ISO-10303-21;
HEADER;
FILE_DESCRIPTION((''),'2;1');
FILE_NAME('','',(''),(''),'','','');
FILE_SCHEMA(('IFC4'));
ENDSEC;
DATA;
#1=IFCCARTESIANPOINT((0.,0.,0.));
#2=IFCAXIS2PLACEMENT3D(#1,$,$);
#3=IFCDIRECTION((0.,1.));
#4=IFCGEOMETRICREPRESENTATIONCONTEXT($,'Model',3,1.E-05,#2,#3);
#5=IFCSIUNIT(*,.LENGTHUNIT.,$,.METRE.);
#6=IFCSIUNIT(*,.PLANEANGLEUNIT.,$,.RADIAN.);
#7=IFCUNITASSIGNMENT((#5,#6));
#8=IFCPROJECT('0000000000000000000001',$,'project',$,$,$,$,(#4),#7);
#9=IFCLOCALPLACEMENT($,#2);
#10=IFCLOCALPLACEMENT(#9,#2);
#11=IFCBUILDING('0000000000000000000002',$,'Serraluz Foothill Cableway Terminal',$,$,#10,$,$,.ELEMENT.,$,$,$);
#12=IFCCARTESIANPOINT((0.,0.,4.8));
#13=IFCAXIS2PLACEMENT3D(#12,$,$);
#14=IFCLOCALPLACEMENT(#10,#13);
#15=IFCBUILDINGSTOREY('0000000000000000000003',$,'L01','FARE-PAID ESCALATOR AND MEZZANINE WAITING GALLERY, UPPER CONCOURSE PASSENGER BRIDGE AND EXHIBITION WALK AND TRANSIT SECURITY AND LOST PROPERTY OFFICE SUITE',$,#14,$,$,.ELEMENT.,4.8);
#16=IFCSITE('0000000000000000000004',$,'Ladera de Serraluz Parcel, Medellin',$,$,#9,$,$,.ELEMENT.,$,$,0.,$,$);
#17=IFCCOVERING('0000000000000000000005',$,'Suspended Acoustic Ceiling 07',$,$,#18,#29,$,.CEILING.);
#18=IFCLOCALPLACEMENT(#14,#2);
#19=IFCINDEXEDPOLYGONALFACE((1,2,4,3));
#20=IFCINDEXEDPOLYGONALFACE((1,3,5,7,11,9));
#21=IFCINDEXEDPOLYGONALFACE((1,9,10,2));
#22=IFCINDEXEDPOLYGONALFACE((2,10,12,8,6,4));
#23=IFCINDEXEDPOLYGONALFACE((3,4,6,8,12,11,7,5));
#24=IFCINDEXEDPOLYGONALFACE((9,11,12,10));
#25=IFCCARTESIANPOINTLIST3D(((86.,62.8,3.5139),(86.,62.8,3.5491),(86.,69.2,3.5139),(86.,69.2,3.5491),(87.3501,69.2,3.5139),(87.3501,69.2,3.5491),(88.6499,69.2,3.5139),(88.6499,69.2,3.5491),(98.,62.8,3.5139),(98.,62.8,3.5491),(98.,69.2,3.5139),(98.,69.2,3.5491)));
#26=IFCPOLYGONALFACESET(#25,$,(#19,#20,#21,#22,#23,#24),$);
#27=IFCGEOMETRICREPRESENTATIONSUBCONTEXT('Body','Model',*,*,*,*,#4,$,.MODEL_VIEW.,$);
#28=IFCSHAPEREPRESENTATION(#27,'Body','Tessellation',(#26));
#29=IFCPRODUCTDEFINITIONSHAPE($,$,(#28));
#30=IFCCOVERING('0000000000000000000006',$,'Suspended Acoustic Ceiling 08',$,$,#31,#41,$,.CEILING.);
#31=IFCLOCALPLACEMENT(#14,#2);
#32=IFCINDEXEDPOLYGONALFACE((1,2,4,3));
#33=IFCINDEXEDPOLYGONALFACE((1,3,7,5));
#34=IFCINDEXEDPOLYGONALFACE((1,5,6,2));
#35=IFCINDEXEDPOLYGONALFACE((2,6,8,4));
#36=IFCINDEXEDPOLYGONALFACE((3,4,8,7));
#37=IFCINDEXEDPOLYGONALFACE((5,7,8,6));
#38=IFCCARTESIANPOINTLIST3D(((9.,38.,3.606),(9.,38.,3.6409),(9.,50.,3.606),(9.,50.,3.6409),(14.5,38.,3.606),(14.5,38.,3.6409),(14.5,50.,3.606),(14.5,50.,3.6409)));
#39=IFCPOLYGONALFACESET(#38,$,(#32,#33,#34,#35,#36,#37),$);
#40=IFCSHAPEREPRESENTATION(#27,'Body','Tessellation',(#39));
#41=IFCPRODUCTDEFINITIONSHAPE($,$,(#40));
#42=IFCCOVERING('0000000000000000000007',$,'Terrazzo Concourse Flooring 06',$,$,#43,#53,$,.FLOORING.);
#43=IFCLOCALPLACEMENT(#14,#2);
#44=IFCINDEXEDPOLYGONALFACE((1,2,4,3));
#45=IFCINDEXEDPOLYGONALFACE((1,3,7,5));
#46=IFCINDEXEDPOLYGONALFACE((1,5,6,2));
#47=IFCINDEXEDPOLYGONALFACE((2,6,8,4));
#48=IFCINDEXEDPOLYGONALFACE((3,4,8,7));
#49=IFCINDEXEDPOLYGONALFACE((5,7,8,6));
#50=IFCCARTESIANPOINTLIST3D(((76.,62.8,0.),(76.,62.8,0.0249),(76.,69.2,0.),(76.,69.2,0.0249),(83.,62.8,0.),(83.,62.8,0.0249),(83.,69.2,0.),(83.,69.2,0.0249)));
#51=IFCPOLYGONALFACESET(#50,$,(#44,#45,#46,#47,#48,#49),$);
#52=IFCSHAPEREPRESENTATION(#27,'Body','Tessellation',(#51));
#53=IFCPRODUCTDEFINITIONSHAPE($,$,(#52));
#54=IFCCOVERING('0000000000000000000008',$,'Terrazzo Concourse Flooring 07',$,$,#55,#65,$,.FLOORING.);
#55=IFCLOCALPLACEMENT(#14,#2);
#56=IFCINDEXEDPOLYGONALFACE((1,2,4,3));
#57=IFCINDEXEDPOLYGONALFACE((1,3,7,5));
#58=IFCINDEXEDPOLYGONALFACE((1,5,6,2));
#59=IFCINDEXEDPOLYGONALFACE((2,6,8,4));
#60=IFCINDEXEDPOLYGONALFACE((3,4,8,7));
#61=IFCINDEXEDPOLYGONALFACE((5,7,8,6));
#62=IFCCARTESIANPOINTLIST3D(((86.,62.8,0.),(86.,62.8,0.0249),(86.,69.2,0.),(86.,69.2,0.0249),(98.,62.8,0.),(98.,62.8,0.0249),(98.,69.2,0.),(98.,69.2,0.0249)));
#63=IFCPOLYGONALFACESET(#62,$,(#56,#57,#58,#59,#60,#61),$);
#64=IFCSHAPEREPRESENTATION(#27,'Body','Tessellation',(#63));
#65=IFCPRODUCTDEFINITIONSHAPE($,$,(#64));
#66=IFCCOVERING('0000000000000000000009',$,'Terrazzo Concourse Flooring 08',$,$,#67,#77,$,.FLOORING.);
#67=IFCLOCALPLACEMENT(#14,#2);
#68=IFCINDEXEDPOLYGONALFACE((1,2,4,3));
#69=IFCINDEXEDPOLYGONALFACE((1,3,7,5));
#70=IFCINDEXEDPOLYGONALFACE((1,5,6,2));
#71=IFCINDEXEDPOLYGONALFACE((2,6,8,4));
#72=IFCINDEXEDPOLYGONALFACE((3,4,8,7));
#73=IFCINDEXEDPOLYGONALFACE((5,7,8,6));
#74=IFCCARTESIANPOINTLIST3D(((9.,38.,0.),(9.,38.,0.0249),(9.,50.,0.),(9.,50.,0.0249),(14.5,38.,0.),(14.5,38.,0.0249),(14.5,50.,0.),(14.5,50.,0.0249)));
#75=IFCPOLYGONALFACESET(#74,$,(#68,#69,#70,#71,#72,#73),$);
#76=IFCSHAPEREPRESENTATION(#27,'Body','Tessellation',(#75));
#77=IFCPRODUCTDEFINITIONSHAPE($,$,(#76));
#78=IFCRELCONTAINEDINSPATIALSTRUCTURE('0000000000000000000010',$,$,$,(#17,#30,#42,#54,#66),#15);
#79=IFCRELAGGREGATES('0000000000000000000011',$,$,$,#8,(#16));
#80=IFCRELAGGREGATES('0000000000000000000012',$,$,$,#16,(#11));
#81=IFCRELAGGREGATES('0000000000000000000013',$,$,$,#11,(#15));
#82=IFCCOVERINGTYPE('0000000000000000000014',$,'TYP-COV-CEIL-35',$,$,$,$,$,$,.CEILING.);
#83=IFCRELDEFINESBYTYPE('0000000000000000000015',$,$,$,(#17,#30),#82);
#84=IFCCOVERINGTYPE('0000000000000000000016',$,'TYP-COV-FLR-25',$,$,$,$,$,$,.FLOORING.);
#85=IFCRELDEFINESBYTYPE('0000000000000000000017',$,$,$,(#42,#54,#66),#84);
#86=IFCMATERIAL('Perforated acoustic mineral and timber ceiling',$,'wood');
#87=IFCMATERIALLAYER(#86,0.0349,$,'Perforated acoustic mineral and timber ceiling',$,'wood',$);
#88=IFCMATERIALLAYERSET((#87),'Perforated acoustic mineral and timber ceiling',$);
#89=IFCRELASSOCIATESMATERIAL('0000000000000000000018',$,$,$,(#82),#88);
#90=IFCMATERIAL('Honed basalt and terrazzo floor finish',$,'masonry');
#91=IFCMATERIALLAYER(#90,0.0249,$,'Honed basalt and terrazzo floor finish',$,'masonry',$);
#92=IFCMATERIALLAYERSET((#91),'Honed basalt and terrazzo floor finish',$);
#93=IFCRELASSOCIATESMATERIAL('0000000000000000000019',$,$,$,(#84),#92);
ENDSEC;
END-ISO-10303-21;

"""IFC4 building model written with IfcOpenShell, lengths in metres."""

from ifc_helpers import new_model, si_unit, direction, frame, origin, place, context, subcontext, project, spatial, polyline, outline, extrude, material, layer, layer_set, type_object, element, save


model = new_model("IFC4")

# Units and contexts
model_context = context("Model", 3, precision=1e-05, world=origin(), true_north=direction((0.0, 1.0)))
body_context = subcontext(model_context, "Body", "Model", "MODEL_VIEW")
ifc_project = project(units=[si_unit("LENGTHUNIT", "METRE"), si_unit("PLANEANGLEUNIT", "RADIAN")], contexts=[model_context])

# Site, building, storey
site_placement = place(None, origin())
site = spatial("IfcSite", under=ifc_project, at=site_placement, Name="Ladera de Serraluz Parcel, Medellin", CompositionType="ELEMENT", RefElevation=0.0)
building_placement = place(site_placement, origin())
building = spatial("IfcBuilding", under=site, at=building_placement, Name="Serraluz Foothill Cableway Terminal", CompositionType="ELEMENT")
storey_placement = place(building_placement, frame((0.0, 0.0, 4.8)))
storey = spatial("IfcBuildingStorey", under=building, at=storey_placement, Name="L01", Description="FARE-PAID ESCALATOR AND MEZZANINE WAITING GALLERY, UPPER CONCOURSE PASSENGER BRIDGE AND EXHIBITION WALK AND TRANSIT SECURITY AND LOST PROPERTY OFFICE SUITE", CompositionType="ELEMENT", Elevation=4.8)

# Coverings
ifc_material_1 = material(Name="Perforated acoustic mineral and timber ceiling", Category="wood")
ifc_layer_1 = layer(ifc_material_1, 0.0349, Name="Perforated acoustic mineral and timber ceiling", Category="wood")
ifc_layer_set_1 = layer_set([ifc_layer_1], Name="Perforated acoustic mineral and timber ceiling")
covering_type_1 = type_object("IfcCoveringType", Name="TYP-COV-CEIL-35", PredefinedType="CEILING", material=ifc_layer_set_1)
covering_1_placement = place(storey_placement, frame((0.0, 0.0, 3.5139)))
element("IfcCovering", 1, at=covering_1_placement, inside=storey, type_object=covering_type_1, Name="Suspended Acoustic Ceiling 07", PredefinedType="CEILING", context=body_context, shape_type="SweptSolid", body=[
    extrude(outline(polyline([(88.6499, 69.2), (98.0, 69.2), (98.0, 62.8), (86.0, 62.8), (86.0, 69.2), (87.3501, 69.2), (87.3501, 69.2), (88.6499, 69.2), (88.6499, 69.2)])), origin(), (0.0, 0.0, 1.0), 0.0352),
])
covering_2_placement = place(storey_placement, frame((0.0, 0.0, 3.606)))
element("IfcCovering", 2, at=covering_2_placement, inside=storey, type_object=covering_type_1, Name="Suspended Acoustic Ceiling 08", PredefinedType="CEILING", context=body_context, shape_type="SweptSolid", body=[
    extrude(outline(polyline([(9.0, 50.0), (14.5, 50.0), (14.5, 38.0), (9.0, 38.0), (9.0, 50.0)])), origin(), (0.0, 0.0, 1.0), 0.0349),
])
ifc_material_2 = material(Name="Honed basalt and terrazzo floor finish", Category="masonry")
ifc_layer_2 = layer(ifc_material_2, 0.0249, Name="Honed basalt and terrazzo floor finish", Category="masonry")
ifc_layer_set_2 = layer_set([ifc_layer_2], Name="Honed basalt and terrazzo floor finish")
covering_type_2 = type_object("IfcCoveringType", Name="TYP-COV-FLR-25", PredefinedType="FLOORING", material=ifc_layer_set_2)
covering_3_placement = place(storey_placement, origin())
element("IfcCovering", 3, at=covering_3_placement, inside=storey, type_object=covering_type_2, Name="Terrazzo Concourse Flooring 06", PredefinedType="FLOORING", context=body_context, shape_type="SweptSolid", body=[
    extrude(outline(polyline([(76.0, 62.8), (83.0, 62.8), (83.0, 69.2), (76.0, 69.2), (76.0, 62.8)])), origin(), (0.0, 0.0, 1.0), 0.0249),
])
covering_4_placement = place(storey_placement, origin())
element("IfcCovering", 4, at=covering_4_placement, inside=storey, type_object=covering_type_2, Name="Terrazzo Concourse Flooring 07", PredefinedType="FLOORING", context=body_context, shape_type="SweptSolid", body=[
    extrude(outline(polyline([(86.0, 62.8), (98.0, 62.8), (98.0, 69.2), (86.0, 69.2), (86.0, 62.8)])), origin(), (0.0, 0.0, 1.0), 0.0249),
])
covering_5_placement = place(storey_placement, origin())
element("IfcCovering", 5, at=covering_5_placement, inside=storey, type_object=covering_type_2, Name="Terrazzo Concourse Flooring 08", PredefinedType="FLOORING", context=body_context, shape_type="SweptSolid", body=[
    extrude(outline(polyline([(9.0, 38.0), (14.5, 38.0), (14.5, 50.0), (9.0, 50.0), (9.0, 38.0)])), origin(), (0.0, 0.0, 1.0), 0.0249),
])

save(model, "model.ifc")
